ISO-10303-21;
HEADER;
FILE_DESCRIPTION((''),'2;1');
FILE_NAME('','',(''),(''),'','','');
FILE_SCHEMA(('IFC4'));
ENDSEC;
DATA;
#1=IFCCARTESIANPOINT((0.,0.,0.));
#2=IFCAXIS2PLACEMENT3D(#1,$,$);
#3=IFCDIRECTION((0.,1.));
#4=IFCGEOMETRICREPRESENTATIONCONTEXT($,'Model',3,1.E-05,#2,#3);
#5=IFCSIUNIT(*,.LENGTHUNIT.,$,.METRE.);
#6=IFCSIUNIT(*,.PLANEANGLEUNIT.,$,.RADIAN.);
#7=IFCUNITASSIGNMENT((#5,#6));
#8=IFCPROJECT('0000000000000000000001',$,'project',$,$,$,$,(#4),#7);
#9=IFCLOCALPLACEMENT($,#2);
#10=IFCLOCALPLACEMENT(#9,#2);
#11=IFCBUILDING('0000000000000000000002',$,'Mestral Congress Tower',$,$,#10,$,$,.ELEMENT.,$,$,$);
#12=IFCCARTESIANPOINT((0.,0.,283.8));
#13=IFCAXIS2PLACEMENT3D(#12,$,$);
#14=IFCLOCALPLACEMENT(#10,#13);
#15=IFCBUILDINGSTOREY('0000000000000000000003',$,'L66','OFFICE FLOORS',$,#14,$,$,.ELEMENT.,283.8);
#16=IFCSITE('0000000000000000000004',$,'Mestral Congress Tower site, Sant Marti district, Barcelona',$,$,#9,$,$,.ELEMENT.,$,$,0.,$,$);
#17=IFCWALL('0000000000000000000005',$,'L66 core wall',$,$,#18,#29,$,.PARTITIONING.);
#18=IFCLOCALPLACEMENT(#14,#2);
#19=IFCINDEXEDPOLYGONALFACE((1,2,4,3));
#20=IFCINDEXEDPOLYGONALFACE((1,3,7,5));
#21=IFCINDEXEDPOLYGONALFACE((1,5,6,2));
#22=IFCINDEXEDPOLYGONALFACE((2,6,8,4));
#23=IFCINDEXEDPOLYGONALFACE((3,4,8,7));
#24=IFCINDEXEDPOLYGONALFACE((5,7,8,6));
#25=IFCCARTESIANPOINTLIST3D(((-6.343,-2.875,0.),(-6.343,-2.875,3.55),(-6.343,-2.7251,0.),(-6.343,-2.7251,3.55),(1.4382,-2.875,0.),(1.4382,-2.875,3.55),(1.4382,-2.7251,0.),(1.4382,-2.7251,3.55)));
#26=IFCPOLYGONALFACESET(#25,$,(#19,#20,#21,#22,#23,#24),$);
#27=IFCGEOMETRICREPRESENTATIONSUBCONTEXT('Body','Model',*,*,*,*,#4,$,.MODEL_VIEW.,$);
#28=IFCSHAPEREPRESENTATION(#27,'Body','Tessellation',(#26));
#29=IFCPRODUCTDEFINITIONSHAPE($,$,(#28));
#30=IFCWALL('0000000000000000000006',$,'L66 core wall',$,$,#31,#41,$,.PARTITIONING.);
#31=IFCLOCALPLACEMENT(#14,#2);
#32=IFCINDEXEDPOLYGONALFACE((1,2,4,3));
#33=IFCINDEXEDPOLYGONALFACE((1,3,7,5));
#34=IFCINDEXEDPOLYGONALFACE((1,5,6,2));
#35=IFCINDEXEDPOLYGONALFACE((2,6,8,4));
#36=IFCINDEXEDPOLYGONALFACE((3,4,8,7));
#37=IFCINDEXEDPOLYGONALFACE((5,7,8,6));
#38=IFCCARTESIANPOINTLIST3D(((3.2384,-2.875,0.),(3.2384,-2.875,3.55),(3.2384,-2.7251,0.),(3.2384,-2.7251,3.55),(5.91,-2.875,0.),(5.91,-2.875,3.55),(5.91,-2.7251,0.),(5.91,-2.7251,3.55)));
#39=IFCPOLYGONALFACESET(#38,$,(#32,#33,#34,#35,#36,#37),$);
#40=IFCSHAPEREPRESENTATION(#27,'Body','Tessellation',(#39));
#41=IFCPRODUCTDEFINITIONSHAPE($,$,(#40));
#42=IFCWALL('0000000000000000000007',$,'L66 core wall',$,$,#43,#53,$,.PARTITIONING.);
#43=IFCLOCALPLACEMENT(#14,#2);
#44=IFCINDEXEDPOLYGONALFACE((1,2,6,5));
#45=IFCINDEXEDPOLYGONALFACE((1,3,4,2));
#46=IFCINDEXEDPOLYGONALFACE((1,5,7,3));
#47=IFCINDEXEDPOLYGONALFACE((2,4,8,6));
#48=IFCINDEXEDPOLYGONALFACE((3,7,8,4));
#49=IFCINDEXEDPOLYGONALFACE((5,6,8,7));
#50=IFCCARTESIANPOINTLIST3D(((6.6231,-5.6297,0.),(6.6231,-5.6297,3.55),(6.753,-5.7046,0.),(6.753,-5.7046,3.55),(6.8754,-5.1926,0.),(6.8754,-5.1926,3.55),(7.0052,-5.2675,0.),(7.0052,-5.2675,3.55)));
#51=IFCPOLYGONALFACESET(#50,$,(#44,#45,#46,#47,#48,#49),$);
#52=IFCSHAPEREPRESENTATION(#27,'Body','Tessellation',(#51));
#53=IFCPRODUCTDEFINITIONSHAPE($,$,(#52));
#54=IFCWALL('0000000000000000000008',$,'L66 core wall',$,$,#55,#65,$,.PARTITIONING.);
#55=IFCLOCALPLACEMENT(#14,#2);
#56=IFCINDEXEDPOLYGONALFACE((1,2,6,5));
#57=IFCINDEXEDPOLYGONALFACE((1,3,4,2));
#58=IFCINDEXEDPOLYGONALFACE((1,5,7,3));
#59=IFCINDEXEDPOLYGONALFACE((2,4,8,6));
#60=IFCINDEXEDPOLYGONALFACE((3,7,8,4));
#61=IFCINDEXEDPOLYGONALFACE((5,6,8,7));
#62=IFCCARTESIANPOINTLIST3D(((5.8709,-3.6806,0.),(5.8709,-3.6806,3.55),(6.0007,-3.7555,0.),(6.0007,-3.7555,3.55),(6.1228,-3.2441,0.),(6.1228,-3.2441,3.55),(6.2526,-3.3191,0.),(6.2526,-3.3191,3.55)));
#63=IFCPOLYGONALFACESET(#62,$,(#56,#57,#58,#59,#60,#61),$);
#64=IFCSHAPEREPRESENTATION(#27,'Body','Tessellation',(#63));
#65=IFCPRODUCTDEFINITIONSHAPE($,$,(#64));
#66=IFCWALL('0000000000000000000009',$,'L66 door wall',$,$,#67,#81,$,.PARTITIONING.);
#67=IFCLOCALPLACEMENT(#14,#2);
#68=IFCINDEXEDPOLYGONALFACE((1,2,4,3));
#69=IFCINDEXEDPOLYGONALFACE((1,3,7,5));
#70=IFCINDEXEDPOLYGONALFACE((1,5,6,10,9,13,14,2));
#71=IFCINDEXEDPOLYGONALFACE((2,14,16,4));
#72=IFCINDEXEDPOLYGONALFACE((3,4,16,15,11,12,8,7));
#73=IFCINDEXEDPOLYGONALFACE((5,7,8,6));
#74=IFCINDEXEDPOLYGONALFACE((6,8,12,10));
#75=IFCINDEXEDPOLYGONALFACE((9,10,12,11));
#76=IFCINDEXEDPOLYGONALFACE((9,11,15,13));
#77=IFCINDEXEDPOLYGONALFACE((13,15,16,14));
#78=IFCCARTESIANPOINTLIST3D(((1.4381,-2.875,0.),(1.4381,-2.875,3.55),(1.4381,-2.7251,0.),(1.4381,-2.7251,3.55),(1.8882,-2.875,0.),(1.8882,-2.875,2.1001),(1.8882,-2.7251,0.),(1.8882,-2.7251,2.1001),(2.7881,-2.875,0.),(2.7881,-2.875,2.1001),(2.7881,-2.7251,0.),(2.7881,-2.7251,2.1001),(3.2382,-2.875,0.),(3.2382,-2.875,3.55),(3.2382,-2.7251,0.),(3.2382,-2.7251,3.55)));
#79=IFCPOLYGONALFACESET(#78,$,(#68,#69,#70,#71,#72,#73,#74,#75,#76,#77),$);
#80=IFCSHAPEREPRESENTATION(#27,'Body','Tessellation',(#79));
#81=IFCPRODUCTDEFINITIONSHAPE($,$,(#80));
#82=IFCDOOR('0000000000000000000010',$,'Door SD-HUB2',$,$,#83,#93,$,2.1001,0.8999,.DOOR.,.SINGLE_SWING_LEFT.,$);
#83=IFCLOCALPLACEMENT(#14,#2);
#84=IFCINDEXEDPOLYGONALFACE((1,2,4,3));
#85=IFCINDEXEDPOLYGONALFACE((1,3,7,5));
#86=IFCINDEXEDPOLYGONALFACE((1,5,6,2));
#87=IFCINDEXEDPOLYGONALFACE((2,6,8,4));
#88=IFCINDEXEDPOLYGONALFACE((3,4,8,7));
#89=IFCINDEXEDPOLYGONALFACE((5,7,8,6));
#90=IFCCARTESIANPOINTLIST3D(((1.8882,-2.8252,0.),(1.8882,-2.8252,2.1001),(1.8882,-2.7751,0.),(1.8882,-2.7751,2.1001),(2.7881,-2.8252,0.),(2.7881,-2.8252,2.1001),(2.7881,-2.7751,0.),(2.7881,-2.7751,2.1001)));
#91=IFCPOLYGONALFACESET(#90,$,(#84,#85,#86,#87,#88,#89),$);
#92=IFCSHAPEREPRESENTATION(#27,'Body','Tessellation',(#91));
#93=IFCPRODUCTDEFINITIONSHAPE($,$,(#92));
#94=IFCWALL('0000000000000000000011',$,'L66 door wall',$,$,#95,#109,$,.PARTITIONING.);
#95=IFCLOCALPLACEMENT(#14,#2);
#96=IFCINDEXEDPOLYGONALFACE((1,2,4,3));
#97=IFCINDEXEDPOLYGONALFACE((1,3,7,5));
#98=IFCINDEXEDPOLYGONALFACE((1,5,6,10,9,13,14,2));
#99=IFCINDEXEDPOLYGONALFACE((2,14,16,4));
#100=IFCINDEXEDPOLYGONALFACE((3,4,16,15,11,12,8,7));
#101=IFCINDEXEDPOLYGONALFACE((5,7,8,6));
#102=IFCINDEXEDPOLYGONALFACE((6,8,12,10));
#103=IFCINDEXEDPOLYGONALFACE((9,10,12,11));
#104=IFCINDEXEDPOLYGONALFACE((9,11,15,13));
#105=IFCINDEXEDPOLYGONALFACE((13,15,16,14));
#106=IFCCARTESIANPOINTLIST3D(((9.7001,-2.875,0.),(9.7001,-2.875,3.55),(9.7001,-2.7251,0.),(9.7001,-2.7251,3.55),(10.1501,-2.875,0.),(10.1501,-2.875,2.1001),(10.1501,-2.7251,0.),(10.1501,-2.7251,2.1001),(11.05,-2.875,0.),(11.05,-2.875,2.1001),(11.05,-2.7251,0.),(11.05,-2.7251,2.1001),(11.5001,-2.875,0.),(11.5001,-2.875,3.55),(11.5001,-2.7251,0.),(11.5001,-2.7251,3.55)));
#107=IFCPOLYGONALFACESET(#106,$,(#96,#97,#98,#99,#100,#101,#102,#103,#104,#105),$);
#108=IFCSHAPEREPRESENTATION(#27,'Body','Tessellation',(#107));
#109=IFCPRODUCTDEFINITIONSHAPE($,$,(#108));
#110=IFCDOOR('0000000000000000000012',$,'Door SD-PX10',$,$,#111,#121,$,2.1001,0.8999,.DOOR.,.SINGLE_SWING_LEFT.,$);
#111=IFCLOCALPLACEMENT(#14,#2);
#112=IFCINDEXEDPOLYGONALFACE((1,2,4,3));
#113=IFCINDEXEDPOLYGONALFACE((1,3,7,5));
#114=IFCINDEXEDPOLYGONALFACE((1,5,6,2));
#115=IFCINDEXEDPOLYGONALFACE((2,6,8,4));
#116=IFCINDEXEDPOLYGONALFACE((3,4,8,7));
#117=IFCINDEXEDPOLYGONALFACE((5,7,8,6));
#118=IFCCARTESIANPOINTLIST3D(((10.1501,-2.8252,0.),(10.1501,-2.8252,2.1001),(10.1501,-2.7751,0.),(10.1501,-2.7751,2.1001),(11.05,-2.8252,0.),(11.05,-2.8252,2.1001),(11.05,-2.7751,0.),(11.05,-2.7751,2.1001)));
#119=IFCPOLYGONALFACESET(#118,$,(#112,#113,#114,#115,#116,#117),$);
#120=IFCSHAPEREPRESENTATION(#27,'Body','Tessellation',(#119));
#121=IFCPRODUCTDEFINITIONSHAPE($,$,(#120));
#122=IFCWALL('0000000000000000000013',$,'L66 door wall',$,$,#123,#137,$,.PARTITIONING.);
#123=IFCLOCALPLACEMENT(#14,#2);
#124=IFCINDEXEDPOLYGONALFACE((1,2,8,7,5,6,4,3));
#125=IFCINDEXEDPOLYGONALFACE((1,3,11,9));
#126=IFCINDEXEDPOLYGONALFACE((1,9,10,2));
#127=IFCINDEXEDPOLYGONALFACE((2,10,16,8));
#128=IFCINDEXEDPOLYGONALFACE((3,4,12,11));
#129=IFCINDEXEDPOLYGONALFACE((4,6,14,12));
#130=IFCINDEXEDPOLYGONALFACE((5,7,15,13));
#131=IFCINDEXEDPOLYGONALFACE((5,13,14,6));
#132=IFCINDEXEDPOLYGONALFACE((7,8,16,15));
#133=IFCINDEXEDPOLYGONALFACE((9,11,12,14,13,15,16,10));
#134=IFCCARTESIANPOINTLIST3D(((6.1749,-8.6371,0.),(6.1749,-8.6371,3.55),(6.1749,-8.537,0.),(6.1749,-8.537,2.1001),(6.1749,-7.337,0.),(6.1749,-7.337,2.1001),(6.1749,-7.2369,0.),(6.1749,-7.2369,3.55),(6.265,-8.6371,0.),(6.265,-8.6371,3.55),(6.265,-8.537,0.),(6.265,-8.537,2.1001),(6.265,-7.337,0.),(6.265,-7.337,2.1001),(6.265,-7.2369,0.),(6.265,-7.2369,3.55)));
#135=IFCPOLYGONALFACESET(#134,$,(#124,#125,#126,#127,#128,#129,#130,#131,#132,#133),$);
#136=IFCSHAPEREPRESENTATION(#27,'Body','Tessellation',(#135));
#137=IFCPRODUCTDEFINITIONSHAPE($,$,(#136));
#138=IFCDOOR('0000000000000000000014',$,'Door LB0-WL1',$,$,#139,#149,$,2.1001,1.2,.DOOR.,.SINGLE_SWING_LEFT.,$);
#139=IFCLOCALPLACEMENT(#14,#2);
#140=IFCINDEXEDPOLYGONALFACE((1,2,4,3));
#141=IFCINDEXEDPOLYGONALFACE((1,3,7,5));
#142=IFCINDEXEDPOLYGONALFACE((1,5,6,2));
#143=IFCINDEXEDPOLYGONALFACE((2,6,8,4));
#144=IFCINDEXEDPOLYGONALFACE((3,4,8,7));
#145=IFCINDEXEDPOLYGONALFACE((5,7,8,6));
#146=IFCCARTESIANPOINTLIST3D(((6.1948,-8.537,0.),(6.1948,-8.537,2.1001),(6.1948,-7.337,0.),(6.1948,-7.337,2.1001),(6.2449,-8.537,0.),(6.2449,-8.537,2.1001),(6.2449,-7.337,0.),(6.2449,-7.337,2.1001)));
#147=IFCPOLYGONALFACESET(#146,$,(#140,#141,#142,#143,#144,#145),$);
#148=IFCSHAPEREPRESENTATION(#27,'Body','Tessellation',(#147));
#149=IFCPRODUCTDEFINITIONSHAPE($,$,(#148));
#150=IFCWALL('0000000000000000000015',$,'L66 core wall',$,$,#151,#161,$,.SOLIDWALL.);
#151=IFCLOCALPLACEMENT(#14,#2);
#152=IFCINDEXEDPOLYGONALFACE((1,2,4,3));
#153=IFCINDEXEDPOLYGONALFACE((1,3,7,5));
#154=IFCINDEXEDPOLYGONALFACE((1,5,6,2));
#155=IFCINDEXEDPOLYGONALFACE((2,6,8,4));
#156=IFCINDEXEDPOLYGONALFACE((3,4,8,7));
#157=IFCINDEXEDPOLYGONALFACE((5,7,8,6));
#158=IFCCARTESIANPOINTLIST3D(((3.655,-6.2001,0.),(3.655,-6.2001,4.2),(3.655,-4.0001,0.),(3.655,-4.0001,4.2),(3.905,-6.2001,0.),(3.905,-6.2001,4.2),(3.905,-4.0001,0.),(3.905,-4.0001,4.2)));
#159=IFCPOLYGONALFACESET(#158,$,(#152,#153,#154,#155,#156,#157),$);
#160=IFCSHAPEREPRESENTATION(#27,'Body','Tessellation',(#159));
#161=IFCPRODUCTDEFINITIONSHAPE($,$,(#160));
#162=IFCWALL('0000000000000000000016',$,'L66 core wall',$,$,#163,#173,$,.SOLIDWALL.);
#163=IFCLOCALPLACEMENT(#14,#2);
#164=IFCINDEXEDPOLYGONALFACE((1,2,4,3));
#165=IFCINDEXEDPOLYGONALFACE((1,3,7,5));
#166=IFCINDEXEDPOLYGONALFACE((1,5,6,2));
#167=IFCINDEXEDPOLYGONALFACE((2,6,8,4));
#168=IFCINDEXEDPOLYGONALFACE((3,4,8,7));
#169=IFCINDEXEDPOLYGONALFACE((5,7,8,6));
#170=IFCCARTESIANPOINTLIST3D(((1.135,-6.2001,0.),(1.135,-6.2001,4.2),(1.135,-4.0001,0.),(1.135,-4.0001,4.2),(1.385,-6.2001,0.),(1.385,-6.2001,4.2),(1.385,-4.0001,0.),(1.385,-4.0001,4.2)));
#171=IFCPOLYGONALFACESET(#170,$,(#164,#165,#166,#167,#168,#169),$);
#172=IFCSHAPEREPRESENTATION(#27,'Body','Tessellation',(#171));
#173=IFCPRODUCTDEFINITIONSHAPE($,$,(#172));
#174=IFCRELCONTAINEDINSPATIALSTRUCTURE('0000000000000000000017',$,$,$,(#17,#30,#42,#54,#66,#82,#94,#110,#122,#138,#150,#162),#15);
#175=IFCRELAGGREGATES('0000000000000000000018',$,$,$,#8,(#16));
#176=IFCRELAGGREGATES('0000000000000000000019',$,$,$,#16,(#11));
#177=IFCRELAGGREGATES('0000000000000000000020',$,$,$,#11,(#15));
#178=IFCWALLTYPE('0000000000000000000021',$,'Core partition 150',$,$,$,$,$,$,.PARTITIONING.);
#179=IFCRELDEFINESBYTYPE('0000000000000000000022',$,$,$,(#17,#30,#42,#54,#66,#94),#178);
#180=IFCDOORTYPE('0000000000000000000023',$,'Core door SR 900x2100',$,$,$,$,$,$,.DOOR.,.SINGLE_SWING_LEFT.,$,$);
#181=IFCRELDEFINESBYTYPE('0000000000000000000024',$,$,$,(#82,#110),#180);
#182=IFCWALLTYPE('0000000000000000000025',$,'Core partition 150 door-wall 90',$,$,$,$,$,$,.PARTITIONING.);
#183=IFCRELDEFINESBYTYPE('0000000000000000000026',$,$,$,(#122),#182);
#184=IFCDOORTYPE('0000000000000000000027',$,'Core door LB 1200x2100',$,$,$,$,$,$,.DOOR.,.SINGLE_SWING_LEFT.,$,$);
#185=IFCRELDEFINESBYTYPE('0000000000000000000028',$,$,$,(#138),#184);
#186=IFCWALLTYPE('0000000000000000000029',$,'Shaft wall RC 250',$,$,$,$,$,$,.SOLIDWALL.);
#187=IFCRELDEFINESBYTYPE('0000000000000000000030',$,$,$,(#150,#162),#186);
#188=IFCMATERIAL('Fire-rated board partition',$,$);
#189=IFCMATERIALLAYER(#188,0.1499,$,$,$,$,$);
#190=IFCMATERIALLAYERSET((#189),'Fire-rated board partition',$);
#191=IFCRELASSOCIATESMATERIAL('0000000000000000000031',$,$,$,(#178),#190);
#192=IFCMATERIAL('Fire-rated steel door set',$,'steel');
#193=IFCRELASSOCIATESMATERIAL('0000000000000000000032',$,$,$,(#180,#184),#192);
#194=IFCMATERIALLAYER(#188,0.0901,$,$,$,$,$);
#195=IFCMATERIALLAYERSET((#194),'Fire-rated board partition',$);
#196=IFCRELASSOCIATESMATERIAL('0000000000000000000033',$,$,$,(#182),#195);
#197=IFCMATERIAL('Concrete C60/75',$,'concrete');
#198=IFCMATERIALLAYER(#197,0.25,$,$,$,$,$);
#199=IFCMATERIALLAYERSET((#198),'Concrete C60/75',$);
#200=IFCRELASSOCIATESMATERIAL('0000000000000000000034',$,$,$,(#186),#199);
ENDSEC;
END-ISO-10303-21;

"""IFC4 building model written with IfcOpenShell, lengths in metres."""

from ifc_helpers import new_model, si_unit, direction, frame, frame_2d, origin, place, context, subcontext, project, spatial, rectangle, extrude, material, layer, layer_set, type_object, element, fill, save


model = new_model("IFC4")

# Units and contexts
model_context = context("Model", 3, precision=1e-05, world=origin(), true_north=direction((0.0, 1.0)))
body_context = subcontext(model_context, "Body", "Model", "MODEL_VIEW")
ifc_project = project(units=[si_unit("LENGTHUNIT", "METRE"), si_unit("PLANEANGLEUNIT", "RADIAN")], contexts=[model_context])

# Site, building, storey
site_placement = place(None, origin())
site = spatial("IfcSite", under=ifc_project, at=site_placement, Name="Mestral Congress Tower site, Sant Marti district, Barcelona", CompositionType="ELEMENT", RefElevation=0.0)
building_placement = place(site_placement, origin())
building = spatial("IfcBuilding", under=site, at=building_placement, Name="Mestral Congress Tower", CompositionType="ELEMENT")
storey_placement = place(building_placement, frame((0.0, 0.0, 283.8)))
storey = spatial("IfcBuildingStorey", under=building, at=storey_placement, Name="L66", Description="OFFICE FLOORS", CompositionType="ELEMENT", Elevation=283.8)

# Walls
ifc_material_1 = material(Name="Fire-rated board partition")
ifc_layer_1 = layer(ifc_material_1, 0.1499)
ifc_layer_set_1 = layer_set([ifc_layer_1], Name="Fire-rated board partition")
wall_type_1 = type_object("IfcWallType", Name="Core partition 150", PredefinedType="PARTITIONING", material=ifc_layer_set_1)
wall_1_placement = place(storey_placement, frame((1.4382, -2.8, 0.0), z_axis=(0.0, 0.0, 1.0), x_axis=(-1.0, 0.0, 0.0)))
element("IfcWall", 1, at=wall_1_placement, inside=storey, type_object=wall_type_1, Name="L66 core wall", PredefinedType="PARTITIONING", context=body_context, shape_type="SweptSolid", body=[
    extrude(rectangle(XDim=7.7812, YDim=0.1499, at=frame_2d((3.8906, 0.0))), origin(), (0.0, 0.0, 1.0), 3.55),
])
wall_2_placement = place(storey_placement, frame((3.2383, -2.8, 0.0), z_axis=(0.0, 0.0, 1.0), x_axis=(1.0, 0.0, 0.0)))
element("IfcWall", 2, at=wall_2_placement, inside=storey, type_object=wall_type_1, Name="L66 core wall", PredefinedType="PARTITIONING", context=body_context, shape_type="SweptSolid", body=[
    extrude(rectangle(XDim=2.6716, YDim=0.1499, at=frame_2d((1.3359, 0.0))), origin(), (0.0, 0.0, 1.0), 3.55),
])
wall_3_placement = place(storey_placement, frame((6.688, -5.6672, 0.0), z_axis=(0.0, 0.0, 1.0), x_axis=(0.499834, 0.866121, 0.0)))
element("IfcWall", 3, at=wall_3_placement, inside=storey, type_object=wall_type_1, Name="L66 core wall", PredefinedType="PARTITIONING", context=body_context, shape_type="SweptSolid", body=[
    extrude(rectangle(XDim=0.5046, YDim=0.1499, at=frame_2d((0.2524, 0.0))), origin(), (0.0, 0.0, 1.0), 3.55),
])
wall_4_placement = place(storey_placement, frame((5.9358, -3.718, 0.0), z_axis=(0.0, 0.0, 1.0), x_axis=(0.49989, 0.866089, 0.0)))
element("IfcWall", 4, at=wall_4_placement, inside=storey, type_object=wall_type_1, Name="L66 core wall", PredefinedType="PARTITIONING", context=body_context, shape_type="SweptSolid", body=[
    extrude(rectangle(XDim=0.5039, YDim=0.1499, at=frame_2d((0.252, 0.0))), origin(), (0.0, 0.0, 1.0), 3.55),
])

# Walls, openings, doors
wall_5_placement = place(storey_placement, frame((1.4382, -2.8, 0.0), z_axis=(0.0, 0.0, 1.0), x_axis=(1.0, 0.0, 0.0)))
wall_5 = element("IfcWall", 5, at=wall_5_placement, inside=storey, type_object=wall_type_1, Name="L66 door wall", PredefinedType="PARTITIONING", context=body_context, shape_type="SweptSolid", body=[
    extrude(rectangle(XDim=1.8, YDim=0.1499, at=frame_2d((0.8999, 0.0))), origin(), (0.0, 0.0, 1.0), 3.55),
])
opening_1_placement = place(wall_5_placement, frame((0.45, 0.0, 0.0)))
opening_1 = element("IfcOpeningElement", 6, at=opening_1_placement, cuts=wall_5, PredefinedType="OPENING", context=body_context, shape_type="SweptSolid", body=[
    extrude(rectangle(XDim=0.8999, YDim=2.1001, at=frame_2d((0.45, 1.05))), frame((0.0, 0.085, 0.0), z_axis=(0.0, -1.0, 0.0), x_axis=(1.0, 0.0, 0.0)), (0.0, 0.0, 1.0), 0.1699),
])
ifc_material_2 = material(Name="Fire-rated steel door set", Category="steel")
door_type_1 = type_object("IfcDoorType", Name="Core door SR 900x2100", OperationType="SINGLE_SWING_LEFT", PredefinedType="DOOR", material=ifc_material_2)
door_1_placement = place(opening_1_placement, origin())
door_1 = element("IfcDoor", 7, at=door_1_placement, inside=storey, type_object=door_type_1, Name="Door SD-HUB2", OperationType="SINGLE_SWING_LEFT", OverallHeight=2.1001, OverallWidth=0.8999, PredefinedType="DOOR", context=body_context, shape_type="SweptSolid", body=[
    extrude(rectangle(XDim=0.8999, YDim=2.1001, at=frame_2d((0.45, 1.05))), frame((0.0, 0.0249, 0.0), z_axis=(0.0, -1.0, 0.0), x_axis=(1.0, 0.0, 0.0)), (0.0, 0.0, 1.0), 0.05),
])
fill(opening_1, door_1)
wall_6_placement = place(storey_placement, frame((9.7002, -2.8, 0.0), z_axis=(0.0, 0.0, 1.0), x_axis=(1.0, 0.0, 0.0)))
wall_6 = element("IfcWall", 8, at=wall_6_placement, inside=storey, type_object=wall_type_1, Name="L66 door wall", PredefinedType="PARTITIONING", context=body_context, shape_type="SweptSolid", body=[
    extrude(rectangle(XDim=1.8, YDim=0.1499, at=frame_2d((0.8999, 0.0))), origin(), (0.0, 0.0, 1.0), 3.55),
])
opening_2_placement = place(wall_6_placement, frame((0.45, 0.0, 0.0)))
opening_2 = element("IfcOpeningElement", 9, at=opening_2_placement, cuts=wall_6, PredefinedType="OPENING", context=body_context, shape_type="SweptSolid", body=[
    extrude(rectangle(XDim=0.8999, YDim=2.1001, at=frame_2d((0.45, 1.05))), frame((0.0, 0.085, 0.0), z_axis=(0.0, -1.0, 0.0), x_axis=(1.0, 0.0, 0.0)), (0.0, 0.0, 1.0), 0.1699),
])
door_2_placement = place(opening_2_placement, origin())
door_2 = element("IfcDoor", 10, at=door_2_placement, inside=storey, type_object=door_type_1, Name="Door SD-PX10", OperationType="SINGLE_SWING_LEFT", OverallHeight=2.1001, OverallWidth=0.8999, PredefinedType="DOOR", context=body_context, shape_type="SweptSolid", body=[
    extrude(rectangle(XDim=0.8999, YDim=2.1001, at=frame_2d((0.45, 1.05))), frame((0.0, 0.0249, 0.0), z_axis=(0.0, -1.0, 0.0), x_axis=(1.0, 0.0, 0.0)), (0.0, 0.0, 1.0), 0.05),
])
fill(opening_2, door_2)
ifc_layer_2 = layer(ifc_material_1, 0.0901)
ifc_layer_set_2 = layer_set([ifc_layer_2], Name="Fire-rated board partition")
wall_type_2 = type_object("IfcWallType", Name="Core partition 150 door-wall 90", PredefinedType="PARTITIONING", material=ifc_layer_set_2)
wall_7_placement = place(storey_placement, frame((6.22, -7.2368, 0.0), z_axis=(0.0, 0.0, 1.0), x_axis=(0.0, -1.0, 0.0)))
wall_7 = element("IfcWall", 11, at=wall_7_placement, inside=storey, type_object=wall_type_2, Name="L66 door wall", PredefinedType="PARTITIONING", context=body_context, shape_type="SweptSolid", body=[
    extrude(rectangle(XDim=1.4001, YDim=0.0901, at=frame_2d((0.7002, 0.0))), origin(), (0.0, 0.0, 1.0), 3.55),
])
opening_3_placement = place(wall_7_placement, frame((0.1001, 0.0, 0.0)))
opening_3 = element("IfcOpeningElement", 12, at=opening_3_placement, cuts=wall_7, PredefinedType="OPENING", context=body_context, shape_type="SweptSolid", body=[
    extrude(rectangle(XDim=1.2, YDim=2.1001, at=frame_2d((0.6001, 1.05))), frame((0.0, 0.0549, 0.0), z_axis=(0.0, -1.0, 0.0), x_axis=(1.0, 0.0, 0.0)), (0.0, 0.0, 1.0), 0.1101),
])
door_type_2 = type_object("IfcDoorType", Name="Core door LB 1200x2100", OperationType="SINGLE_SWING_LEFT", PredefinedType="DOOR", material=ifc_material_2)
door_3_placement = place(opening_3_placement, origin())
door_3 = element("IfcDoor", 13, at=door_3_placement, inside=storey, type_object=door_type_2, Name="Door LB0-WL1", OperationType="SINGLE_SWING_LEFT", OverallHeight=2.1001, OverallWidth=1.2, PredefinedType="DOOR", context=body_context, shape_type="SweptSolid", body=[
    extrude(rectangle(XDim=1.2, YDim=2.1001, at=frame_2d((0.6001, 1.05))), frame((0.0, 0.0249, 0.0), z_axis=(0.0, -1.0, 0.0), x_axis=(1.0, 0.0, 0.0)), (0.0, 0.0, 1.0), 0.05),
])
fill(opening_3, door_3)

# Walls
ifc_material_3 = material(Name="Concrete C60/75", Category="concrete")
ifc_layer_3 = layer(ifc_material_3, 0.25)
ifc_layer_set_3 = layer_set([ifc_layer_3], Name="Concrete C60/75")
wall_type_3 = type_object("IfcWallType", Name="Shaft wall RC 250", PredefinedType="SOLIDWALL", material=ifc_layer_set_3)
for number, where, z_axis, x_axis, name in (
    (14, (3.78, -4.0, 0.0), (0.0, 0.0, 1.0), (0.0, -1.0, 0.0), "L66 core wall"),
    (15, (1.26, -4.0, 0.0), (0.0, 0.0, 1.0), (0.0, -1.0, 0.0), "L66 core wall"),
):
    element("IfcWall", number, at=place(storey_placement, frame(where, z_axis=z_axis, x_axis=x_axis)), inside=storey, type_object=wall_type_3, Name=name, PredefinedType="SOLIDWALL", context=body_context, shape_type="SweptSolid", body=[
        extrude(rectangle(XDim=2.2, YDim=0.25, at=frame_2d((1.1001, 0.0))), origin(), (0.0, 0.0, 1.0), 4.2),
    ])

save(model, "model.ifc")
